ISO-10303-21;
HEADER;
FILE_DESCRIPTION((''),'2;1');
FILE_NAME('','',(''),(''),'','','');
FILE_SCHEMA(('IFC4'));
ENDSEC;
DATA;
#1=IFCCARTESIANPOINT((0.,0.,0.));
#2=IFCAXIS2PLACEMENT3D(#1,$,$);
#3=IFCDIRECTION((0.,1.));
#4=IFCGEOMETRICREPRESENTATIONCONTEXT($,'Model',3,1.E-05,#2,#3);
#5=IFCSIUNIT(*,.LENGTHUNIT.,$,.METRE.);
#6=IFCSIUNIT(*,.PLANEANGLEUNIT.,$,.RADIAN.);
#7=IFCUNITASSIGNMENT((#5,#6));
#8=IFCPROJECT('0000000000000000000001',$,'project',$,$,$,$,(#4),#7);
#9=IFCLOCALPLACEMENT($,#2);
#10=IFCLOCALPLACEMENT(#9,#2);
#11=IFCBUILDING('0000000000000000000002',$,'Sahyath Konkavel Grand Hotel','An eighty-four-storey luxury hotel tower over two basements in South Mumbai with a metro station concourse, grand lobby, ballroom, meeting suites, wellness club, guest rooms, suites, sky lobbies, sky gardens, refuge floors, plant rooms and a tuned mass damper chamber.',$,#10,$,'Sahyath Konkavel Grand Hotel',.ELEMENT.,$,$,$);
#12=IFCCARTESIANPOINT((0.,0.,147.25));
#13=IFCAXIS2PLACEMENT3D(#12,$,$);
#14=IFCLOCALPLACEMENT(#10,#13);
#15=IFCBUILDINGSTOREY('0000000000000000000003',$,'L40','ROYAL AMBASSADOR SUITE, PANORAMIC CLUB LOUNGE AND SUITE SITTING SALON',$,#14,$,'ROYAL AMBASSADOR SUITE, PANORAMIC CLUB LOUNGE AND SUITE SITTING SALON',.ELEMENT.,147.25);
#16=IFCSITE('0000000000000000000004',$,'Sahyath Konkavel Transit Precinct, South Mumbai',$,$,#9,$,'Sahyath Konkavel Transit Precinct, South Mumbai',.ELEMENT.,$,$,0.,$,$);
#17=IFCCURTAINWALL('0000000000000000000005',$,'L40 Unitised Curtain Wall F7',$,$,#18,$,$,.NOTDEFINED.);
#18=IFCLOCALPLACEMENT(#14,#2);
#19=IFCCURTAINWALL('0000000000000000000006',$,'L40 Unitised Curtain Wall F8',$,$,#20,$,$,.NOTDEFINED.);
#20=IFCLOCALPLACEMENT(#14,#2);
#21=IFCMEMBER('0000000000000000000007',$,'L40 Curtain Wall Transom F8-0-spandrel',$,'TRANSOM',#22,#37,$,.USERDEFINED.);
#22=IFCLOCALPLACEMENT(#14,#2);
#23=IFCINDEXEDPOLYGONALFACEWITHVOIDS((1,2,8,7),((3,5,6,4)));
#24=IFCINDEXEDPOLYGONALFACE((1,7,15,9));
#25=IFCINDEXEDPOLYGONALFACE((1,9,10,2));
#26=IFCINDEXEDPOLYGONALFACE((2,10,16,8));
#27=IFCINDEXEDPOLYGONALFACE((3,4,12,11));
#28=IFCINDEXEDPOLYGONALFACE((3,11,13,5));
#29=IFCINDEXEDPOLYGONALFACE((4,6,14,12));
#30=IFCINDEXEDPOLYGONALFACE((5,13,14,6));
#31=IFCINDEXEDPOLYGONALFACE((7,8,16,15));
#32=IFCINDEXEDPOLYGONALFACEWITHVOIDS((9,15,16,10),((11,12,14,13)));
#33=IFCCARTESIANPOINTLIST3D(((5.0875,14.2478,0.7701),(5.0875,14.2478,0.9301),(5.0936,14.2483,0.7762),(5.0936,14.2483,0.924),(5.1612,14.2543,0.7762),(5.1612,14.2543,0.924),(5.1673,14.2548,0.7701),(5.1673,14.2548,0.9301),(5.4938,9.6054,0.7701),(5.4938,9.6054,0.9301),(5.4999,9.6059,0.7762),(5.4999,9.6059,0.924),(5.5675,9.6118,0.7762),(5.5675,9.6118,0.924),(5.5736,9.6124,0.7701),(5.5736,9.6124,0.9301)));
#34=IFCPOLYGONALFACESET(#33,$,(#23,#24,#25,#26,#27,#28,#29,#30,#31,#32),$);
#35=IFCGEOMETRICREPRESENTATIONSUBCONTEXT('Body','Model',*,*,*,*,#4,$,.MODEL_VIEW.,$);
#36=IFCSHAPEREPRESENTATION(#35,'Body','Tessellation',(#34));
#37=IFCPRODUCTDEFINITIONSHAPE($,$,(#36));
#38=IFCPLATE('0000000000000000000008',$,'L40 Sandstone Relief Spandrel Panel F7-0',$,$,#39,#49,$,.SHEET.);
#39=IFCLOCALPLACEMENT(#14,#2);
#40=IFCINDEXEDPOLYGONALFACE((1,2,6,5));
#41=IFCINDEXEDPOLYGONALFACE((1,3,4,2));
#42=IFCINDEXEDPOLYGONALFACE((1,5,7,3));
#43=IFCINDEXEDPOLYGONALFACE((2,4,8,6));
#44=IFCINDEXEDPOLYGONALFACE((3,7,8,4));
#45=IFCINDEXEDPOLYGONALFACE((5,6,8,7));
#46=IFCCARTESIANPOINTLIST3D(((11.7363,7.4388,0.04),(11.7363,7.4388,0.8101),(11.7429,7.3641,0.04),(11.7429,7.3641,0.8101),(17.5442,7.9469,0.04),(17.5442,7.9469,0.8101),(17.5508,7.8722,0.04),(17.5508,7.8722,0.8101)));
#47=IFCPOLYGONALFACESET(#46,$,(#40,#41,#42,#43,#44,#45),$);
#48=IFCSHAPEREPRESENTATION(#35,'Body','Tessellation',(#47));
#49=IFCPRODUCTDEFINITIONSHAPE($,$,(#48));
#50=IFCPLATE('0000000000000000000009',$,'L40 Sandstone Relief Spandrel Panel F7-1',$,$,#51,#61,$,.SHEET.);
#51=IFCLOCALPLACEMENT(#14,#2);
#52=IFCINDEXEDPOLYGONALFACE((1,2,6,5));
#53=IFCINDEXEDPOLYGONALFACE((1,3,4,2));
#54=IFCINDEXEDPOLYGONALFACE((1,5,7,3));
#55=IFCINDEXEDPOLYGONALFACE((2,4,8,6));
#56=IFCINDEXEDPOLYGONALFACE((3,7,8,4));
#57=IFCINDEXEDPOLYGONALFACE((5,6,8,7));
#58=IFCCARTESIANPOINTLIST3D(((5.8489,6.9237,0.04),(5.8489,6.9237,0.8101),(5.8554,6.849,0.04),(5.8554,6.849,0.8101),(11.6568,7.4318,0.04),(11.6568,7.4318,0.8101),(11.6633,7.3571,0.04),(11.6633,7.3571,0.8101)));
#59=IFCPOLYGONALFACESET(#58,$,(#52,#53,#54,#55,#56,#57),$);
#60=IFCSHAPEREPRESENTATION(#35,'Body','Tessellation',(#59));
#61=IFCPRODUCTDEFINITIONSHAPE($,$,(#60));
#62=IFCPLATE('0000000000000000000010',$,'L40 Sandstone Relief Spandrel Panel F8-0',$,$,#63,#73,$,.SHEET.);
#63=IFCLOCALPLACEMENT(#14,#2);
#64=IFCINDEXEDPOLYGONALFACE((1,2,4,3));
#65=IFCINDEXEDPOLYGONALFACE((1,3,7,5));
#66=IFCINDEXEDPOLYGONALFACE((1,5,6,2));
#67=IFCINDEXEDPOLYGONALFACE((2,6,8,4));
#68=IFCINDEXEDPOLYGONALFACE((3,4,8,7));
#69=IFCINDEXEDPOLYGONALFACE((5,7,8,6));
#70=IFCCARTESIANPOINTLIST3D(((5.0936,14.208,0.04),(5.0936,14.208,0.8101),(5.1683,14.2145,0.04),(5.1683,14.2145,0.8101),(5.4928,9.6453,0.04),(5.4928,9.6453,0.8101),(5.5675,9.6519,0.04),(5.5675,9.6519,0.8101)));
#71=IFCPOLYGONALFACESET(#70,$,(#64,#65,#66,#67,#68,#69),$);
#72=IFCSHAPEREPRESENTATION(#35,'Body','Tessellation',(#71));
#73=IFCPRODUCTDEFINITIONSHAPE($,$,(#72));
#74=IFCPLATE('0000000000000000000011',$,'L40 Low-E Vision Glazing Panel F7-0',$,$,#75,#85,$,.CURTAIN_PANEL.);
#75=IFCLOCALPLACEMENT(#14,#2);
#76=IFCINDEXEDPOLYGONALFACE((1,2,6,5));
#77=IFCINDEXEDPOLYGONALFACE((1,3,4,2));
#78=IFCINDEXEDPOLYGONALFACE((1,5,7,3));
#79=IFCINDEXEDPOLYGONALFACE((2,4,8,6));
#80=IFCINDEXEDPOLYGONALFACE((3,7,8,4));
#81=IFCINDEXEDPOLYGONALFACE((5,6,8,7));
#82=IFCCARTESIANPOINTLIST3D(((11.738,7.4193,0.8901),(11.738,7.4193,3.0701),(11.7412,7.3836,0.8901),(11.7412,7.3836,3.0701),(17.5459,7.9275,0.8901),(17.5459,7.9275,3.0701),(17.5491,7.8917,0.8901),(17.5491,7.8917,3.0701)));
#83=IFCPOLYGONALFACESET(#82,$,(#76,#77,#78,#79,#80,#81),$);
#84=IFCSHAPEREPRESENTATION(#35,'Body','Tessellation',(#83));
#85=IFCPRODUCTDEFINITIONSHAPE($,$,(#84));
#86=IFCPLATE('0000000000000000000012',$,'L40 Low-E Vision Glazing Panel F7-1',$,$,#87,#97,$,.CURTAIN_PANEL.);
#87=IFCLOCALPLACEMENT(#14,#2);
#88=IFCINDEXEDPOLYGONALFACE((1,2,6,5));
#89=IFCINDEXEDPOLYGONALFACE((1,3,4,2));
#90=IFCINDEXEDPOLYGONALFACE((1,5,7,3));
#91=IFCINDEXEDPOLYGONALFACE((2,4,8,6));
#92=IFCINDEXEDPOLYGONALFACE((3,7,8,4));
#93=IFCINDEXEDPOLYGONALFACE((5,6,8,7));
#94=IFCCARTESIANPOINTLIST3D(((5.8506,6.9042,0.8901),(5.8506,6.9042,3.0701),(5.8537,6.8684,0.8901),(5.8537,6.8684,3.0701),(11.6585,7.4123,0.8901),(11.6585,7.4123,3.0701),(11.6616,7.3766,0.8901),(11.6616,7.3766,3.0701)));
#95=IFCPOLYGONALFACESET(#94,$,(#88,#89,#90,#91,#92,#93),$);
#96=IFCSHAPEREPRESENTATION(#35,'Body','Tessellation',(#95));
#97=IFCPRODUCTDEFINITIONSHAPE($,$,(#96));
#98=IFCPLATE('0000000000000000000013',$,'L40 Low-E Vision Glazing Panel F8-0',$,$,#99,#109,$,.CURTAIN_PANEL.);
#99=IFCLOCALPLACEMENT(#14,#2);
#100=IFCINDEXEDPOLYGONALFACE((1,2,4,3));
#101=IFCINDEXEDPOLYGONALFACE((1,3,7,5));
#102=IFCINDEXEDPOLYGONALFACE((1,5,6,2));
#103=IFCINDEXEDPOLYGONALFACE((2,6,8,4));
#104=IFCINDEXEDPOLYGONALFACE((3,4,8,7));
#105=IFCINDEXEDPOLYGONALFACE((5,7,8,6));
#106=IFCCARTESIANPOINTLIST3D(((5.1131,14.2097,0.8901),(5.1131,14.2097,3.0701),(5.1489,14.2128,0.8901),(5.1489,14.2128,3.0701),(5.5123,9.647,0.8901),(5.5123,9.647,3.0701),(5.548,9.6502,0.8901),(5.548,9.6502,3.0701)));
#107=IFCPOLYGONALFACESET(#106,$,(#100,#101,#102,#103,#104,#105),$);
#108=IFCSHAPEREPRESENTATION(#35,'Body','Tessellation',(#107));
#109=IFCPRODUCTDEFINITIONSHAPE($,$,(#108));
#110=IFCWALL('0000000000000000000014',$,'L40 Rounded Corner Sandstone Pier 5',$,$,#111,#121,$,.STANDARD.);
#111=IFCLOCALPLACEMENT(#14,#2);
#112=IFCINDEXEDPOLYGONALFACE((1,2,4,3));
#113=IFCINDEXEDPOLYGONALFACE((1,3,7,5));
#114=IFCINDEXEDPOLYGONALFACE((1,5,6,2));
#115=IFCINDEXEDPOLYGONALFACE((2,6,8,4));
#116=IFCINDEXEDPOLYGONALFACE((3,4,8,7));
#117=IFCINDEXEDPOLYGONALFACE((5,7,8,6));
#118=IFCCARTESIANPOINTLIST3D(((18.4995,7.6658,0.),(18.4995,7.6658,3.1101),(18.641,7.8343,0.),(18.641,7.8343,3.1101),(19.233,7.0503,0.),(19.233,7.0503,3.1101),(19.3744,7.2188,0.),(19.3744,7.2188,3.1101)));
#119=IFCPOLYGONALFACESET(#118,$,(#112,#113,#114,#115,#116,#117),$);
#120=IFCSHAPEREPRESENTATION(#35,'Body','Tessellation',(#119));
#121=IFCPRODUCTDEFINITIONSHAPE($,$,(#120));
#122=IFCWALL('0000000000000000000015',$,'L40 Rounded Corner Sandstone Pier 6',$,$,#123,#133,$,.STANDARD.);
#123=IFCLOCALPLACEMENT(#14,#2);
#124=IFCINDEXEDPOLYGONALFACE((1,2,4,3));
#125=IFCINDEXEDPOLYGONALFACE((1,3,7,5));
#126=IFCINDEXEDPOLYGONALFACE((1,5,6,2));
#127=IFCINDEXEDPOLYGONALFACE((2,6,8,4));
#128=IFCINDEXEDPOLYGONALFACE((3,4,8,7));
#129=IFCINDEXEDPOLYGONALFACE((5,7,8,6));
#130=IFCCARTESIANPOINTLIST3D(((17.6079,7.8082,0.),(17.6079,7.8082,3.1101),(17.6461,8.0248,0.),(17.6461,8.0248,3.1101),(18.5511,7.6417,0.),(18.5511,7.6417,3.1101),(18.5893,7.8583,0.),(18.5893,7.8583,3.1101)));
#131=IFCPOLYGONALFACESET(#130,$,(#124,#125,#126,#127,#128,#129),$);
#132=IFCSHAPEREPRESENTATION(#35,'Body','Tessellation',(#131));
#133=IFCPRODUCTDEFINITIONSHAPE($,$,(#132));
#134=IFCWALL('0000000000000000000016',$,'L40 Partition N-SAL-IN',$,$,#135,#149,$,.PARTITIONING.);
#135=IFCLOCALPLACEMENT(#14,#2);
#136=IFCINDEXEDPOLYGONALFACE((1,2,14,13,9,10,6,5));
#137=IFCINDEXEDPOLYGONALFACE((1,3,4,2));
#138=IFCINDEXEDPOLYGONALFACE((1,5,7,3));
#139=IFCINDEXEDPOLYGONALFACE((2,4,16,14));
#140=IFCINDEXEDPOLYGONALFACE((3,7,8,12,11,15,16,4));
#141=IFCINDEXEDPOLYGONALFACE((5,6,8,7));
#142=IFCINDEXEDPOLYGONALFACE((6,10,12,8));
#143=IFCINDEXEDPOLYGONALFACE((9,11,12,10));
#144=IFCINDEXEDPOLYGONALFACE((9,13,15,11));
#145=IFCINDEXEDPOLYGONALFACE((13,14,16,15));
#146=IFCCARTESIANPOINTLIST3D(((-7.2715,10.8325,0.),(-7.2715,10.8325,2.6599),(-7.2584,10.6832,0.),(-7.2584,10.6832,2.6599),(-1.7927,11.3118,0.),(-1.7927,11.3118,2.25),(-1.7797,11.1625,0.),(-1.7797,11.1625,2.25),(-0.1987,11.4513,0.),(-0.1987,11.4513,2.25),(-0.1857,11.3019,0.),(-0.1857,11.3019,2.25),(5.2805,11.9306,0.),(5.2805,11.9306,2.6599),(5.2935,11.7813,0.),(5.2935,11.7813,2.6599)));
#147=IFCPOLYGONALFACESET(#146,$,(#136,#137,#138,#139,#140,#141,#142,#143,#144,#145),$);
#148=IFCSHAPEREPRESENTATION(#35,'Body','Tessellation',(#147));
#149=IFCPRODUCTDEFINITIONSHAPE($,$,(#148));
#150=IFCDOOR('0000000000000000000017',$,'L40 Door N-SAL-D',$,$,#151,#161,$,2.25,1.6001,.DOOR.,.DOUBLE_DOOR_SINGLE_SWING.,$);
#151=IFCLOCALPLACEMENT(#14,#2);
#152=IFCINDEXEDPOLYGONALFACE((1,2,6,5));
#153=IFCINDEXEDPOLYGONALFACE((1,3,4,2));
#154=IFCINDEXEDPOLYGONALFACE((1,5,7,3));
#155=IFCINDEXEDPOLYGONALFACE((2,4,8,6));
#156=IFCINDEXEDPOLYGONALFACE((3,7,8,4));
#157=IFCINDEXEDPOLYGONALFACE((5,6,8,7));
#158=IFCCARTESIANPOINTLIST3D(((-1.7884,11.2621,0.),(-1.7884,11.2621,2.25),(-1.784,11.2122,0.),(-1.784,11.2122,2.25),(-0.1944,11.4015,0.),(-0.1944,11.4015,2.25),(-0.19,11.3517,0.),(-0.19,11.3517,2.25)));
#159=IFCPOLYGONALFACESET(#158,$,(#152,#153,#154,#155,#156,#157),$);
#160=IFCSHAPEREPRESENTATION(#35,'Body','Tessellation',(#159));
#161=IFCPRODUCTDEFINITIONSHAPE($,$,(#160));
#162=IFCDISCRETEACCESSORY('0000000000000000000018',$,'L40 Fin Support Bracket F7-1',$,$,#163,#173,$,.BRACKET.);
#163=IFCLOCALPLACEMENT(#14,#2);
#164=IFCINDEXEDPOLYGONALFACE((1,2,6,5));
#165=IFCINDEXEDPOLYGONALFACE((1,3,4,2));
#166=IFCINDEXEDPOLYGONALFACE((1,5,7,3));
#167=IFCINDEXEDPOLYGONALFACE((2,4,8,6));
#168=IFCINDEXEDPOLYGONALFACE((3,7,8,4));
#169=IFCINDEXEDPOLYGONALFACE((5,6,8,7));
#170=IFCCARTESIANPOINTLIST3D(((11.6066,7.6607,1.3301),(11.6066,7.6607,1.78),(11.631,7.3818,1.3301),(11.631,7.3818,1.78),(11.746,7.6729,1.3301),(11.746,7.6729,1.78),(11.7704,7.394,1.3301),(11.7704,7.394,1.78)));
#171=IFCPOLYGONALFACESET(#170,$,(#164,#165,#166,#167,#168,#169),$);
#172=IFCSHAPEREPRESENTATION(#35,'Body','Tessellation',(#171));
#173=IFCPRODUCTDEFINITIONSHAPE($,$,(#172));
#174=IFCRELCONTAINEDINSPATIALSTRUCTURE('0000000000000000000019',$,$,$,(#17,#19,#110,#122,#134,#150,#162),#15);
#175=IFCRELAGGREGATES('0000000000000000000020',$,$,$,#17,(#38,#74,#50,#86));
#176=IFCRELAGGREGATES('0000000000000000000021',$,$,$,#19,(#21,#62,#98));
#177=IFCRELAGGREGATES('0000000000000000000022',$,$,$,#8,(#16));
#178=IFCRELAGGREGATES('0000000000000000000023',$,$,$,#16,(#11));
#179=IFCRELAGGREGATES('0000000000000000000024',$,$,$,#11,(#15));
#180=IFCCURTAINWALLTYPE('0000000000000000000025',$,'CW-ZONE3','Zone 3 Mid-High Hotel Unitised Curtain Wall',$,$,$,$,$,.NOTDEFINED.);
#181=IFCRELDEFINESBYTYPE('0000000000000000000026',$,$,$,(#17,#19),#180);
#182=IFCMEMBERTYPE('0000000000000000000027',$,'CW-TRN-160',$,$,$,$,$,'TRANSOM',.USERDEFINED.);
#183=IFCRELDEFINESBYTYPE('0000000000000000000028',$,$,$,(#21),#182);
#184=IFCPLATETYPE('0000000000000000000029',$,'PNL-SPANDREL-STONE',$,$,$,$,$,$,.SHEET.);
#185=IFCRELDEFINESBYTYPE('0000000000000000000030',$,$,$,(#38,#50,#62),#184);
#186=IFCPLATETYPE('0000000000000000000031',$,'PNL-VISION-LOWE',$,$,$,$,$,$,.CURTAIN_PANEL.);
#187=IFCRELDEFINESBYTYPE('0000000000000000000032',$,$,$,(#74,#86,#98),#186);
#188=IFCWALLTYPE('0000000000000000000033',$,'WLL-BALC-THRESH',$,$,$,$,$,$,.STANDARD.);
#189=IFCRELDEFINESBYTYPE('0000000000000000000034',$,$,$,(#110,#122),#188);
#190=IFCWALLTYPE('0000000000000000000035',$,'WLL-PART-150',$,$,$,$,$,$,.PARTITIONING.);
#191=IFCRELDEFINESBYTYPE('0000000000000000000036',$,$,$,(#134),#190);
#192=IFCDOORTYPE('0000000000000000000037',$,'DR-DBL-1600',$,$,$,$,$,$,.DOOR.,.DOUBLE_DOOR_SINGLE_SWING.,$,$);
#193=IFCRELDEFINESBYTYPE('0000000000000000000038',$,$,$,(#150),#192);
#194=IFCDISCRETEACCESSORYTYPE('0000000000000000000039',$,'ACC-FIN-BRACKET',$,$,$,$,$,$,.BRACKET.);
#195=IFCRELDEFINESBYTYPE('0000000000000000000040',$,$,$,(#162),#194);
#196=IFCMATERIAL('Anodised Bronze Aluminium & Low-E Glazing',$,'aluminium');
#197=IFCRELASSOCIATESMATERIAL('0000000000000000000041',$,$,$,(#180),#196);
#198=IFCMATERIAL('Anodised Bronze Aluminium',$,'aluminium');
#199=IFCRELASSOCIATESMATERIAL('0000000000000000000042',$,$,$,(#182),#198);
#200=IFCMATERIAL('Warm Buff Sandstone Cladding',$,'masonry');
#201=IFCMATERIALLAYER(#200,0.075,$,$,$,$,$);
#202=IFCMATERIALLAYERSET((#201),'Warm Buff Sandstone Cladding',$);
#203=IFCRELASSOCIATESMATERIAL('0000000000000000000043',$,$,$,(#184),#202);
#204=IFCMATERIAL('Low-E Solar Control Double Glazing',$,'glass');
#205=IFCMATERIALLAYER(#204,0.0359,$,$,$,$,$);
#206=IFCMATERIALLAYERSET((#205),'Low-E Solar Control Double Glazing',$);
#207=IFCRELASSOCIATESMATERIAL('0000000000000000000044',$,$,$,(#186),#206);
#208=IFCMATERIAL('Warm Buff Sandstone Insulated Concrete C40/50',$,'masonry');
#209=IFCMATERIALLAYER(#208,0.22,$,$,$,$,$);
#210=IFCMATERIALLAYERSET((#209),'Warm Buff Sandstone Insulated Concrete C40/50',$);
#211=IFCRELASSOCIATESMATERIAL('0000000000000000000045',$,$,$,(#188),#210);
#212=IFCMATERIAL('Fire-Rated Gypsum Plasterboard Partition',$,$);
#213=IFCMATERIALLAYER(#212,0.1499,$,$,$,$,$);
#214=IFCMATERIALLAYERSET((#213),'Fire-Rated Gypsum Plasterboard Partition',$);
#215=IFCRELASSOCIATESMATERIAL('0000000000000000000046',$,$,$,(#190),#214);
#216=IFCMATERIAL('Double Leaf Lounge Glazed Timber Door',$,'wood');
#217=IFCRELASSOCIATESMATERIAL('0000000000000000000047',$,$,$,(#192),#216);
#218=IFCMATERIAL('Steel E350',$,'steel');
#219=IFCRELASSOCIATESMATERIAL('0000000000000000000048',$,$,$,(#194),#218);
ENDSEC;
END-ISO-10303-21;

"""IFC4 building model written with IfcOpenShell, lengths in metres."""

from ifc_helpers import new_model, si_unit, direction, frame, frame_2d, origin, origin_2d, place, context, subcontext, project, spatial, rectangle, hollow_rectangle, extrude, source, transform, mapped, material, layer, layer_set, material_profile, profile_set, type_object, element, fill, aggregate, save


model = new_model("IFC4")

# Units and contexts
model_context = context("Model", 3, precision=1e-05, world=origin(), true_north=direction((0.0, 1.0)))
body_context = subcontext(model_context, "Body", "Model", "MODEL_VIEW")
ifc_project = project(units=[si_unit("LENGTHUNIT", "METRE"), si_unit("PLANEANGLEUNIT", "RADIAN")], contexts=[model_context])

# Site, building, storey
site_placement = place(None, origin())
site = spatial("IfcSite", under=ifc_project, at=site_placement, Name="Sahyath Konkavel Transit Precinct, South Mumbai", LongName="Sahyath Konkavel Transit Precinct, South Mumbai", CompositionType="ELEMENT", RefElevation=0.0)
building_placement = place(site_placement, origin())
building = spatial("IfcBuilding", under=site, at=building_placement, Name="Sahyath Konkavel Grand Hotel", Description="An eighty-four-storey luxury hotel tower over two basements in South Mumbai with a metro station concourse, grand lobby, ballroom, meeting suites, wellness club, guest rooms, suites, sky lobbies, sky gardens, refuge floors, plant rooms and a tuned mass damper chamber.", LongName="Sahyath Konkavel Grand Hotel", CompositionType="ELEMENT")
storey_placement = place(building_placement, frame((0.0, 0.0, 147.25)))
storey = spatial("IfcBuildingStorey", under=building, at=storey_placement, Name="L40", Description="ROYAL AMBASSADOR SUITE, PANORAMIC CLUB LOUNGE AND SUITE SITTING SALON", LongName="ROYAL AMBASSADOR SUITE, PANORAMIC CLUB LOUNGE AND SUITE SITTING SALON", CompositionType="ELEMENT", Elevation=147.25)

# Shared definitions
ifc_material_1 = material(Name="Steel E350", Category="steel")

# Curtain walls
ifc_material_2 = material(Name="Anodised Bronze Aluminium & Low-E Glazing", Category="aluminium")
curtain_wall_type = type_object("IfcCurtainWallType", Name="CW-ZONE3", Description="Zone 3 Mid-High Hotel Unitised Curtain Wall", PredefinedType="NOTDEFINED", material=ifc_material_2)
curtain_wall_1_placement = place(storey_placement, origin())
curtain_wall_1 = element("IfcCurtainWall", 1, at=curtain_wall_1_placement, inside=storey, type_object=curtain_wall_type, Name="L40 Unitised Curtain Wall F7", PredefinedType="NOTDEFINED")
curtain_wall_2_placement = place(storey_placement, origin())
curtain_wall_2 = element("IfcCurtainWall", 2, at=curtain_wall_2_placement, inside=storey, type_object=curtain_wall_type, Name="L40 Unitised Curtain Wall F8", PredefinedType="NOTDEFINED")
ifc_material_3 = material(Name="Anodised Bronze Aluminium", Category="aluminium")

# Member
ifc_material_profile_1 = material_profile(ifc_material_3, hollow_rectangle(XDim=0.0801, YDim=0.1599, WallThickness=0.0061, at=origin_2d()), Name="RHS 160x80x6")
ifc_profile_set_1 = profile_set([ifc_material_profile_1], Name="Anodised Bronze Aluminium")
member_type_1 = type_object("IfcMemberType", Name="CW-TRN-160", ElementType="TRANSOM", PredefinedType="USERDEFINED", material=ifc_profile_set_1)
shared_shape_1 = source(origin(), body_context, "Body", "SweptSolid", [
    extrude(hollow_rectangle(XDim=0.0801, YDim=0.1599, WallThickness=0.0061, at=origin_2d()), origin(), (0.0, 0.0, 1.0), 4.6602),
])
member_1_placement = place(storey_placement, frame((5.5337, 9.6089, 0.8501), z_axis=(-0.087177, 0.996193, 0.0), x_axis=(-0.996193, -0.087177, 0.0)))
member_1 = element("IfcMember", 3, at=member_1_placement, type_object=member_type_1, Name="L40 Curtain Wall Transom F8-0-spandrel", ObjectType="TRANSOM", PredefinedType="USERDEFINED", context=body_context, shape_type="MappedRepresentation", body=[
    mapped(shared_shape_1, transform((0.0, 0.0, 0.0), scale=1.0)),
])

# Plates
ifc_material_4 = material(Name="Warm Buff Sandstone Cladding", Category="masonry")
ifc_layer_1 = layer(ifc_material_4, 0.075)
ifc_layer_set_1 = layer_set([ifc_layer_1], Name="Warm Buff Sandstone Cladding")
plate_type_1 = type_object("IfcPlateType", Name="PNL-SPANDREL-STONE", PredefinedType="SHEET", material=ifc_layer_set_1)
shared_shape_2 = source(origin(), body_context, "Body", "SweptSolid", [
    extrude(rectangle(XDim=5.8301, YDim=0.075, at=origin_2d()), origin(), (0.0, 0.0, 1.0), 0.77),
])
plate_1_placement = place(storey_placement, frame((14.6436, 7.6555, 0.04), z_axis=(0.0, 0.0, 1.0), x_axis=(-0.996195, -0.087156, 0.0)))
plate_1 = element("IfcPlate", 4, at=plate_1_placement, type_object=plate_type_1, Name="L40 Sandstone Relief Spandrel Panel F7-0", PredefinedType="SHEET", context=body_context, shape_type="MappedRepresentation", body=[
    mapped(shared_shape_2, transform((0.0, 0.0, 0.0), scale=1.0)),
])
plate_2_placement = place(storey_placement, frame((8.7561, 7.1404, 0.04), z_axis=(0.0, 0.0, 1.0), x_axis=(-0.996195, -0.087156, 0.0)))
plate_2 = element("IfcPlate", 5, at=plate_2_placement, type_object=plate_type_1, Name="L40 Sandstone Relief Spandrel Panel F7-1", PredefinedType="SHEET", context=body_context, shape_type="MappedRepresentation", body=[
    mapped(shared_shape_2, transform((0.0, 0.0, 0.0), scale=1.0)),
])
shared_shape_3 = source(origin(), body_context, "Body", "SweptSolid", [
    extrude(rectangle(XDim=4.5801, YDim=0.075, at=origin_2d()), origin(), (0.0, 0.0, 1.0), 0.77),
])
plate_3_placement = place(storey_placement, frame((5.3306, 11.9299, 0.04), z_axis=(0.0, 0.0, 1.0), x_axis=(-0.087156, 0.996195, 0.0)))
plate_3 = element("IfcPlate", 6, at=plate_3_placement, type_object=plate_type_1, Name="L40 Sandstone Relief Spandrel Panel F8-0", PredefinedType="SHEET", context=body_context, shape_type="MappedRepresentation", body=[
    mapped(shared_shape_3, transform((0.0, 0.0, 0.0), scale=1.0)),
])
ifc_material_5 = material(Name="Low-E Solar Control Double Glazing", Category="glass")
ifc_layer_2 = layer(ifc_material_5, 0.0359)
ifc_layer_set_2 = layer_set([ifc_layer_2], Name="Low-E Solar Control Double Glazing")
plate_type_2 = type_object("IfcPlateType", Name="PNL-VISION-LOWE", PredefinedType="CURTAIN_PANEL", material=ifc_layer_set_2)
shared_shape_4 = source(origin(), body_context, "Body", "SweptSolid", [
    extrude(rectangle(XDim=5.8301, YDim=0.0359, at=origin_2d()), origin(), (0.0, 0.0, 1.0), 2.1799),
])
plate_4_placement = place(storey_placement, frame((14.6436, 7.6555, 0.8901), z_axis=(0.0, 0.0, 1.0), x_axis=(-0.996195, -0.087156, 0.0)))
plate_4 = element("IfcPlate", 7, at=plate_4_placement, type_object=plate_type_2, Name="L40 Low-E Vision Glazing Panel F7-0", PredefinedType="CURTAIN_PANEL", context=body_context, shape_type="MappedRepresentation", body=[
    mapped(shared_shape_4, transform((0.0, 0.0, 0.0), scale=1.0)),
])
plate_5_placement = place(storey_placement, frame((8.7561, 7.1404, 0.8901), z_axis=(0.0, 0.0, 1.0), x_axis=(-0.996195, -0.087156, 0.0)))
plate_5 = element("IfcPlate", 8, at=plate_5_placement, type_object=plate_type_2, Name="L40 Low-E Vision Glazing Panel F7-1", PredefinedType="CURTAIN_PANEL", context=body_context, shape_type="MappedRepresentation", body=[
    mapped(shared_shape_4, transform((0.0, 0.0, 0.0), scale=1.0)),
])
aggregate(curtain_wall_1, [plate_1, plate_4, plate_2, plate_5])
shared_shape_5 = source(origin(), body_context, "Body", "SweptSolid", [
    extrude(rectangle(XDim=4.5801, YDim=0.0359, at=origin_2d()), origin(), (0.0, 0.0, 1.0), 2.1799),
])
plate_6_placement = place(storey_placement, frame((5.3306, 11.9299, 0.8901), z_axis=(0.0, 0.0, 1.0), x_axis=(-0.087156, 0.996195, 0.0)))
plate_6 = element("IfcPlate", 9, at=plate_6_placement, type_object=plate_type_2, Name="L40 Low-E Vision Glazing Panel F8-0", PredefinedType="CURTAIN_PANEL", context=body_context, shape_type="MappedRepresentation", body=[
    mapped(shared_shape_5, transform((0.0, 0.0, 0.0), scale=1.0)),
])
aggregate(curtain_wall_2, [member_1, plate_3, plate_6])

# Walls
ifc_material_6 = material(Name="Warm Buff Sandstone Insulated Concrete C40/50", Category="masonry")
ifc_layer_3 = layer(ifc_material_6, 0.22)
ifc_layer_set_3 = layer_set([ifc_layer_3], Name="Warm Buff Sandstone Insulated Concrete C40/50")
wall_type_1 = type_object("IfcWallType", Name="WLL-BALC-THRESH", PredefinedType="STANDARD", material=ifc_layer_set_3)
wall_1_placement = place(storey_placement, frame((19.3037, 7.1345, 0.0), z_axis=(0.0, 0.0, 1.0), x_axis=(-0.766001, 0.642839, 0.0)))
element("IfcWall", 10, at=wall_1_placement, inside=storey, type_object=wall_type_1, Name="L40 Rounded Corner Sandstone Pier 5", PredefinedType="STANDARD", context=body_context, shape_type="SweptSolid", body=[
    extrude(rectangle(XDim=0.9575, YDim=0.22, at=frame_2d((0.4788, 0.0))), origin(), (0.0, 0.0, 1.0), 3.1101),
])
wall_2_placement = place(storey_placement, frame((18.5703, 7.75, 0.0), z_axis=(0.0, 0.0, 1.0), x_axis=(-0.984771, 0.173858, 0.0)))
element("IfcWall", 11, at=wall_2_placement, inside=storey, type_object=wall_type_1, Name="L40 Rounded Corner Sandstone Pier 6", PredefinedType="STANDARD", context=body_context, shape_type="SweptSolid", body=[
    extrude(rectangle(XDim=0.9578, YDim=0.22, at=frame_2d((0.479, 0.0))), origin(), (0.0, 0.0, 1.0), 3.1101),
])

# Wall, opening, door
ifc_material_7 = material(Name="Fire-Rated Gypsum Plasterboard Partition")
ifc_layer_4 = layer(ifc_material_7, 0.1499)
ifc_layer_set_4 = layer_set([ifc_layer_4], Name="Fire-Rated Gypsum Plasterboard Partition")
wall_type_2 = type_object("IfcWallType", Name="WLL-PART-150", PredefinedType="PARTITIONING", material=ifc_layer_set_4)
wall_3_placement = place(storey_placement, frame((5.2869, 11.856, 0.0), z_axis=(0.0, 0.0, 1.0), x_axis=(-0.996195, -0.087155, 0.0)))
wall_3 = element("IfcWall", 12, at=wall_3_placement, inside=storey, type_object=wall_type_2, Name="L40 Partition N-SAL-IN", PredefinedType="PARTITIONING", context=body_context, shape_type="SweptSolid", body=[
    extrude(rectangle(XDim=12.5999, YDim=0.1499, at=frame_2d((6.2998, 0.0))), origin(), (0.0, 0.0, 1.0), 2.6599),
])
opening_placement = place(wall_3_placement, frame((5.5, 0.0, 0.0)))
opening = element("IfcOpeningElement", 13, at=opening_placement, cuts=wall_3, PredefinedType="OPENING", context=body_context, shape_type="SweptSolid", body=[
    extrude(rectangle(XDim=1.6001, YDim=2.25, at=frame_2d((0.8, 1.125))), frame((0.0, 0.085, 0.0), z_axis=(0.0, -1.0, 0.0), x_axis=(1.0, 0.0, 0.0)), (0.0, 0.0, 1.0), 0.1699),
])
ifc_material_8 = material(Name="Double Leaf Lounge Glazed Timber Door", Category="wood")
door_type = type_object("IfcDoorType", Name="DR-DBL-1600", OperationType="DOUBLE_DOOR_SINGLE_SWING", PredefinedType="DOOR", material=ifc_material_8)
shared_shape_6 = source(origin(), body_context, "Body", "SweptSolid", [
    extrude(rectangle(XDim=1.6001, YDim=0.05, at=origin_2d()), origin(), (0.0, 0.0, 1.0), 2.25),
])
door_placement = place(opening_placement, frame((0.8, 0.0, 0.0)))
door = element("IfcDoor", 14, at=door_placement, inside=storey, type_object=door_type, Name="L40 Door N-SAL-D", OperationType="DOUBLE_DOOR_SINGLE_SWING", OverallHeight=2.25, OverallWidth=1.6001, PredefinedType="DOOR", context=body_context, shape_type="MappedRepresentation", body=[
    mapped(shared_shape_6, transform((0.0, 0.0, 0.0), scale=1.0)),
])
fill(opening, door)

# Discrete accessory
discrete_accessory_type = type_object("IfcDiscreteAccessoryType", Name="ACC-FIN-BRACKET", PredefinedType="BRACKET", material=ifc_material_1)
shared_shape_7 = source(origin(), body_context, "Body", "SweptSolid", [
    extrude(rectangle(XDim=0.28, YDim=0.1399, at=origin_2d()), origin(), (0.0, 0.0, 1.0), 0.45),
])
for number, where, z_axis, x_axis, name in (
    (15, (11.6885, 7.5273, 1.3301), (0.0, 0.0, 1.0), (-0.087156, 0.996195, 0.0), "L40 Fin Support Bracket F7-1"),
):
    element("IfcDiscreteAccessory", number, at=place(storey_placement, frame(where, z_axis=z_axis, x_axis=x_axis)), inside=storey, type_object=discrete_accessory_type, Name=name, PredefinedType="BRACKET", context=body_context, shape_type="MappedRepresentation", body=[
        mapped(shared_shape_7, transform((0.0, 0.0, 0.0), scale=1.0)),
    ])

save(model, "model.ifc")
